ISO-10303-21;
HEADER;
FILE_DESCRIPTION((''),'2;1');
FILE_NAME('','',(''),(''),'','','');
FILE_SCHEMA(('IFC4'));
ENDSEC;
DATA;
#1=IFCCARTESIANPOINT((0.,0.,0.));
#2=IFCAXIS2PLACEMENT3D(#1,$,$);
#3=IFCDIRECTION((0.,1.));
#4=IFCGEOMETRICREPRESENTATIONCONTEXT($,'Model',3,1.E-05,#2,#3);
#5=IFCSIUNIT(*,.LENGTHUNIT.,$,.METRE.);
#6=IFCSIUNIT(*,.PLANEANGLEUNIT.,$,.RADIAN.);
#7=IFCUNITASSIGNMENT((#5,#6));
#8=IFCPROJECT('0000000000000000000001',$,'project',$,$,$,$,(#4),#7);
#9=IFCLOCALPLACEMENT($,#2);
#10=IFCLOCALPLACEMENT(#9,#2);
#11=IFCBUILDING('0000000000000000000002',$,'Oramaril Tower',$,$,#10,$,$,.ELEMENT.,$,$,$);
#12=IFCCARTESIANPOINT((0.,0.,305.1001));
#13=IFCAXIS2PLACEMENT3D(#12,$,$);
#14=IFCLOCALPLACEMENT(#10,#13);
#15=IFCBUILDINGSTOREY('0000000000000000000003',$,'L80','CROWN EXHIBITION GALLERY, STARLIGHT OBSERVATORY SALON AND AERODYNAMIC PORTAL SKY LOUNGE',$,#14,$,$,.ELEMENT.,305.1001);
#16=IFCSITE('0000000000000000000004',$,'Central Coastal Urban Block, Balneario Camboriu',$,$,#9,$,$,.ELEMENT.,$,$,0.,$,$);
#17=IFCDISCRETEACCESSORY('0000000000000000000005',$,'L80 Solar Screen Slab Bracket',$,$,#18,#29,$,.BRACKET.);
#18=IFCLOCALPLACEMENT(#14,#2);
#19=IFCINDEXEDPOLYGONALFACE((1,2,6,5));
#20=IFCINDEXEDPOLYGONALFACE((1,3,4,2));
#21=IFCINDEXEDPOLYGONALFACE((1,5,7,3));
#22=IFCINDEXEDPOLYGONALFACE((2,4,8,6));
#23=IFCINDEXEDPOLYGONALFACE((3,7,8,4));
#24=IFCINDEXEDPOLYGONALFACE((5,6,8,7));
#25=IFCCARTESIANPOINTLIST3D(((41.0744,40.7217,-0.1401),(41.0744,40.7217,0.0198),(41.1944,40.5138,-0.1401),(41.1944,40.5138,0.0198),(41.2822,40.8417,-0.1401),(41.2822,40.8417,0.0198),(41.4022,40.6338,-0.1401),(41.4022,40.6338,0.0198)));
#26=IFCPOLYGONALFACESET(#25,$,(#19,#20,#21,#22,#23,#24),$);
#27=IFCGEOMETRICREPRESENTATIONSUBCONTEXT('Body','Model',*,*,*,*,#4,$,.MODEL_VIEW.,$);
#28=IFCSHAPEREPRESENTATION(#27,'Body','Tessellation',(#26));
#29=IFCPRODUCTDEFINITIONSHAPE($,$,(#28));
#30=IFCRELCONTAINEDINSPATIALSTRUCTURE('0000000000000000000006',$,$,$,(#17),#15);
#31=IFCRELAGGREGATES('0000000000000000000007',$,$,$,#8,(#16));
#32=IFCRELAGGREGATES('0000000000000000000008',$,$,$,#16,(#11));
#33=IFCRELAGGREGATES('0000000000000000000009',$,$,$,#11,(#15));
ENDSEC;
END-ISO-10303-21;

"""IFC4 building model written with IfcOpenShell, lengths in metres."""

from ifc_helpers import new_model, si_unit, direction, frame, origin, origin_2d, place, context, subcontext, project, spatial, rectangle, extrude, element, save


model = new_model("IFC4")

# Units and contexts
model_context = context("Model", 3, precision=1e-05, world=origin(), true_north=direction((0.0, 1.0)))
body_context = subcontext(model_context, "Body", "Model", "MODEL_VIEW")
ifc_project = project(units=[si_unit("LENGTHUNIT", "METRE"), si_unit("PLANEANGLEUNIT", "RADIAN")], contexts=[model_context])

# Site, building, storey
site_placement = place(None, origin())
site = spatial("IfcSite", under=ifc_project, at=site_placement, Name="Central Coastal Urban Block, Balneario Camboriu", CompositionType="ELEMENT", RefElevation=0.0)
building_placement = place(site_placement, origin())
building = spatial("IfcBuilding", under=site, at=building_placement, Name="Oramaril Tower", CompositionType="ELEMENT")
storey_placement = place(building_placement, frame((0.0, 0.0, 305.1001)))
storey = spatial("IfcBuildingStorey", under=building, at=storey_placement, Name="L80", Description="CROWN EXHIBITION GALLERY, STARLIGHT OBSERVATORY SALON AND AERODYNAMIC PORTAL SKY LOUNGE", CompositionType="ELEMENT", Elevation=305.1001)

# Discrete accessory
for number, where, z_axis, x_axis, name in (
    (1, (41.2383, 40.6777, -0.1401), (0.0, 0.0, 1.0), (-0.500002, 0.866025, 0.0), "L80 Solar Screen Slab Bracket"),
):
    element("IfcDiscreteAccessory", number, at=place(storey_placement, frame(where, z_axis=z_axis, x_axis=x_axis)), inside=storey, Name=name, PredefinedType="BRACKET", context=body_context, shape_type="SweptSolid", body=[
        extrude(rectangle(XDim=0.24, YDim=0.24, at=origin_2d()), origin(), (0.0, 0.0, 1.0), 0.1599),
    ])

save(model, "model.ifc")
